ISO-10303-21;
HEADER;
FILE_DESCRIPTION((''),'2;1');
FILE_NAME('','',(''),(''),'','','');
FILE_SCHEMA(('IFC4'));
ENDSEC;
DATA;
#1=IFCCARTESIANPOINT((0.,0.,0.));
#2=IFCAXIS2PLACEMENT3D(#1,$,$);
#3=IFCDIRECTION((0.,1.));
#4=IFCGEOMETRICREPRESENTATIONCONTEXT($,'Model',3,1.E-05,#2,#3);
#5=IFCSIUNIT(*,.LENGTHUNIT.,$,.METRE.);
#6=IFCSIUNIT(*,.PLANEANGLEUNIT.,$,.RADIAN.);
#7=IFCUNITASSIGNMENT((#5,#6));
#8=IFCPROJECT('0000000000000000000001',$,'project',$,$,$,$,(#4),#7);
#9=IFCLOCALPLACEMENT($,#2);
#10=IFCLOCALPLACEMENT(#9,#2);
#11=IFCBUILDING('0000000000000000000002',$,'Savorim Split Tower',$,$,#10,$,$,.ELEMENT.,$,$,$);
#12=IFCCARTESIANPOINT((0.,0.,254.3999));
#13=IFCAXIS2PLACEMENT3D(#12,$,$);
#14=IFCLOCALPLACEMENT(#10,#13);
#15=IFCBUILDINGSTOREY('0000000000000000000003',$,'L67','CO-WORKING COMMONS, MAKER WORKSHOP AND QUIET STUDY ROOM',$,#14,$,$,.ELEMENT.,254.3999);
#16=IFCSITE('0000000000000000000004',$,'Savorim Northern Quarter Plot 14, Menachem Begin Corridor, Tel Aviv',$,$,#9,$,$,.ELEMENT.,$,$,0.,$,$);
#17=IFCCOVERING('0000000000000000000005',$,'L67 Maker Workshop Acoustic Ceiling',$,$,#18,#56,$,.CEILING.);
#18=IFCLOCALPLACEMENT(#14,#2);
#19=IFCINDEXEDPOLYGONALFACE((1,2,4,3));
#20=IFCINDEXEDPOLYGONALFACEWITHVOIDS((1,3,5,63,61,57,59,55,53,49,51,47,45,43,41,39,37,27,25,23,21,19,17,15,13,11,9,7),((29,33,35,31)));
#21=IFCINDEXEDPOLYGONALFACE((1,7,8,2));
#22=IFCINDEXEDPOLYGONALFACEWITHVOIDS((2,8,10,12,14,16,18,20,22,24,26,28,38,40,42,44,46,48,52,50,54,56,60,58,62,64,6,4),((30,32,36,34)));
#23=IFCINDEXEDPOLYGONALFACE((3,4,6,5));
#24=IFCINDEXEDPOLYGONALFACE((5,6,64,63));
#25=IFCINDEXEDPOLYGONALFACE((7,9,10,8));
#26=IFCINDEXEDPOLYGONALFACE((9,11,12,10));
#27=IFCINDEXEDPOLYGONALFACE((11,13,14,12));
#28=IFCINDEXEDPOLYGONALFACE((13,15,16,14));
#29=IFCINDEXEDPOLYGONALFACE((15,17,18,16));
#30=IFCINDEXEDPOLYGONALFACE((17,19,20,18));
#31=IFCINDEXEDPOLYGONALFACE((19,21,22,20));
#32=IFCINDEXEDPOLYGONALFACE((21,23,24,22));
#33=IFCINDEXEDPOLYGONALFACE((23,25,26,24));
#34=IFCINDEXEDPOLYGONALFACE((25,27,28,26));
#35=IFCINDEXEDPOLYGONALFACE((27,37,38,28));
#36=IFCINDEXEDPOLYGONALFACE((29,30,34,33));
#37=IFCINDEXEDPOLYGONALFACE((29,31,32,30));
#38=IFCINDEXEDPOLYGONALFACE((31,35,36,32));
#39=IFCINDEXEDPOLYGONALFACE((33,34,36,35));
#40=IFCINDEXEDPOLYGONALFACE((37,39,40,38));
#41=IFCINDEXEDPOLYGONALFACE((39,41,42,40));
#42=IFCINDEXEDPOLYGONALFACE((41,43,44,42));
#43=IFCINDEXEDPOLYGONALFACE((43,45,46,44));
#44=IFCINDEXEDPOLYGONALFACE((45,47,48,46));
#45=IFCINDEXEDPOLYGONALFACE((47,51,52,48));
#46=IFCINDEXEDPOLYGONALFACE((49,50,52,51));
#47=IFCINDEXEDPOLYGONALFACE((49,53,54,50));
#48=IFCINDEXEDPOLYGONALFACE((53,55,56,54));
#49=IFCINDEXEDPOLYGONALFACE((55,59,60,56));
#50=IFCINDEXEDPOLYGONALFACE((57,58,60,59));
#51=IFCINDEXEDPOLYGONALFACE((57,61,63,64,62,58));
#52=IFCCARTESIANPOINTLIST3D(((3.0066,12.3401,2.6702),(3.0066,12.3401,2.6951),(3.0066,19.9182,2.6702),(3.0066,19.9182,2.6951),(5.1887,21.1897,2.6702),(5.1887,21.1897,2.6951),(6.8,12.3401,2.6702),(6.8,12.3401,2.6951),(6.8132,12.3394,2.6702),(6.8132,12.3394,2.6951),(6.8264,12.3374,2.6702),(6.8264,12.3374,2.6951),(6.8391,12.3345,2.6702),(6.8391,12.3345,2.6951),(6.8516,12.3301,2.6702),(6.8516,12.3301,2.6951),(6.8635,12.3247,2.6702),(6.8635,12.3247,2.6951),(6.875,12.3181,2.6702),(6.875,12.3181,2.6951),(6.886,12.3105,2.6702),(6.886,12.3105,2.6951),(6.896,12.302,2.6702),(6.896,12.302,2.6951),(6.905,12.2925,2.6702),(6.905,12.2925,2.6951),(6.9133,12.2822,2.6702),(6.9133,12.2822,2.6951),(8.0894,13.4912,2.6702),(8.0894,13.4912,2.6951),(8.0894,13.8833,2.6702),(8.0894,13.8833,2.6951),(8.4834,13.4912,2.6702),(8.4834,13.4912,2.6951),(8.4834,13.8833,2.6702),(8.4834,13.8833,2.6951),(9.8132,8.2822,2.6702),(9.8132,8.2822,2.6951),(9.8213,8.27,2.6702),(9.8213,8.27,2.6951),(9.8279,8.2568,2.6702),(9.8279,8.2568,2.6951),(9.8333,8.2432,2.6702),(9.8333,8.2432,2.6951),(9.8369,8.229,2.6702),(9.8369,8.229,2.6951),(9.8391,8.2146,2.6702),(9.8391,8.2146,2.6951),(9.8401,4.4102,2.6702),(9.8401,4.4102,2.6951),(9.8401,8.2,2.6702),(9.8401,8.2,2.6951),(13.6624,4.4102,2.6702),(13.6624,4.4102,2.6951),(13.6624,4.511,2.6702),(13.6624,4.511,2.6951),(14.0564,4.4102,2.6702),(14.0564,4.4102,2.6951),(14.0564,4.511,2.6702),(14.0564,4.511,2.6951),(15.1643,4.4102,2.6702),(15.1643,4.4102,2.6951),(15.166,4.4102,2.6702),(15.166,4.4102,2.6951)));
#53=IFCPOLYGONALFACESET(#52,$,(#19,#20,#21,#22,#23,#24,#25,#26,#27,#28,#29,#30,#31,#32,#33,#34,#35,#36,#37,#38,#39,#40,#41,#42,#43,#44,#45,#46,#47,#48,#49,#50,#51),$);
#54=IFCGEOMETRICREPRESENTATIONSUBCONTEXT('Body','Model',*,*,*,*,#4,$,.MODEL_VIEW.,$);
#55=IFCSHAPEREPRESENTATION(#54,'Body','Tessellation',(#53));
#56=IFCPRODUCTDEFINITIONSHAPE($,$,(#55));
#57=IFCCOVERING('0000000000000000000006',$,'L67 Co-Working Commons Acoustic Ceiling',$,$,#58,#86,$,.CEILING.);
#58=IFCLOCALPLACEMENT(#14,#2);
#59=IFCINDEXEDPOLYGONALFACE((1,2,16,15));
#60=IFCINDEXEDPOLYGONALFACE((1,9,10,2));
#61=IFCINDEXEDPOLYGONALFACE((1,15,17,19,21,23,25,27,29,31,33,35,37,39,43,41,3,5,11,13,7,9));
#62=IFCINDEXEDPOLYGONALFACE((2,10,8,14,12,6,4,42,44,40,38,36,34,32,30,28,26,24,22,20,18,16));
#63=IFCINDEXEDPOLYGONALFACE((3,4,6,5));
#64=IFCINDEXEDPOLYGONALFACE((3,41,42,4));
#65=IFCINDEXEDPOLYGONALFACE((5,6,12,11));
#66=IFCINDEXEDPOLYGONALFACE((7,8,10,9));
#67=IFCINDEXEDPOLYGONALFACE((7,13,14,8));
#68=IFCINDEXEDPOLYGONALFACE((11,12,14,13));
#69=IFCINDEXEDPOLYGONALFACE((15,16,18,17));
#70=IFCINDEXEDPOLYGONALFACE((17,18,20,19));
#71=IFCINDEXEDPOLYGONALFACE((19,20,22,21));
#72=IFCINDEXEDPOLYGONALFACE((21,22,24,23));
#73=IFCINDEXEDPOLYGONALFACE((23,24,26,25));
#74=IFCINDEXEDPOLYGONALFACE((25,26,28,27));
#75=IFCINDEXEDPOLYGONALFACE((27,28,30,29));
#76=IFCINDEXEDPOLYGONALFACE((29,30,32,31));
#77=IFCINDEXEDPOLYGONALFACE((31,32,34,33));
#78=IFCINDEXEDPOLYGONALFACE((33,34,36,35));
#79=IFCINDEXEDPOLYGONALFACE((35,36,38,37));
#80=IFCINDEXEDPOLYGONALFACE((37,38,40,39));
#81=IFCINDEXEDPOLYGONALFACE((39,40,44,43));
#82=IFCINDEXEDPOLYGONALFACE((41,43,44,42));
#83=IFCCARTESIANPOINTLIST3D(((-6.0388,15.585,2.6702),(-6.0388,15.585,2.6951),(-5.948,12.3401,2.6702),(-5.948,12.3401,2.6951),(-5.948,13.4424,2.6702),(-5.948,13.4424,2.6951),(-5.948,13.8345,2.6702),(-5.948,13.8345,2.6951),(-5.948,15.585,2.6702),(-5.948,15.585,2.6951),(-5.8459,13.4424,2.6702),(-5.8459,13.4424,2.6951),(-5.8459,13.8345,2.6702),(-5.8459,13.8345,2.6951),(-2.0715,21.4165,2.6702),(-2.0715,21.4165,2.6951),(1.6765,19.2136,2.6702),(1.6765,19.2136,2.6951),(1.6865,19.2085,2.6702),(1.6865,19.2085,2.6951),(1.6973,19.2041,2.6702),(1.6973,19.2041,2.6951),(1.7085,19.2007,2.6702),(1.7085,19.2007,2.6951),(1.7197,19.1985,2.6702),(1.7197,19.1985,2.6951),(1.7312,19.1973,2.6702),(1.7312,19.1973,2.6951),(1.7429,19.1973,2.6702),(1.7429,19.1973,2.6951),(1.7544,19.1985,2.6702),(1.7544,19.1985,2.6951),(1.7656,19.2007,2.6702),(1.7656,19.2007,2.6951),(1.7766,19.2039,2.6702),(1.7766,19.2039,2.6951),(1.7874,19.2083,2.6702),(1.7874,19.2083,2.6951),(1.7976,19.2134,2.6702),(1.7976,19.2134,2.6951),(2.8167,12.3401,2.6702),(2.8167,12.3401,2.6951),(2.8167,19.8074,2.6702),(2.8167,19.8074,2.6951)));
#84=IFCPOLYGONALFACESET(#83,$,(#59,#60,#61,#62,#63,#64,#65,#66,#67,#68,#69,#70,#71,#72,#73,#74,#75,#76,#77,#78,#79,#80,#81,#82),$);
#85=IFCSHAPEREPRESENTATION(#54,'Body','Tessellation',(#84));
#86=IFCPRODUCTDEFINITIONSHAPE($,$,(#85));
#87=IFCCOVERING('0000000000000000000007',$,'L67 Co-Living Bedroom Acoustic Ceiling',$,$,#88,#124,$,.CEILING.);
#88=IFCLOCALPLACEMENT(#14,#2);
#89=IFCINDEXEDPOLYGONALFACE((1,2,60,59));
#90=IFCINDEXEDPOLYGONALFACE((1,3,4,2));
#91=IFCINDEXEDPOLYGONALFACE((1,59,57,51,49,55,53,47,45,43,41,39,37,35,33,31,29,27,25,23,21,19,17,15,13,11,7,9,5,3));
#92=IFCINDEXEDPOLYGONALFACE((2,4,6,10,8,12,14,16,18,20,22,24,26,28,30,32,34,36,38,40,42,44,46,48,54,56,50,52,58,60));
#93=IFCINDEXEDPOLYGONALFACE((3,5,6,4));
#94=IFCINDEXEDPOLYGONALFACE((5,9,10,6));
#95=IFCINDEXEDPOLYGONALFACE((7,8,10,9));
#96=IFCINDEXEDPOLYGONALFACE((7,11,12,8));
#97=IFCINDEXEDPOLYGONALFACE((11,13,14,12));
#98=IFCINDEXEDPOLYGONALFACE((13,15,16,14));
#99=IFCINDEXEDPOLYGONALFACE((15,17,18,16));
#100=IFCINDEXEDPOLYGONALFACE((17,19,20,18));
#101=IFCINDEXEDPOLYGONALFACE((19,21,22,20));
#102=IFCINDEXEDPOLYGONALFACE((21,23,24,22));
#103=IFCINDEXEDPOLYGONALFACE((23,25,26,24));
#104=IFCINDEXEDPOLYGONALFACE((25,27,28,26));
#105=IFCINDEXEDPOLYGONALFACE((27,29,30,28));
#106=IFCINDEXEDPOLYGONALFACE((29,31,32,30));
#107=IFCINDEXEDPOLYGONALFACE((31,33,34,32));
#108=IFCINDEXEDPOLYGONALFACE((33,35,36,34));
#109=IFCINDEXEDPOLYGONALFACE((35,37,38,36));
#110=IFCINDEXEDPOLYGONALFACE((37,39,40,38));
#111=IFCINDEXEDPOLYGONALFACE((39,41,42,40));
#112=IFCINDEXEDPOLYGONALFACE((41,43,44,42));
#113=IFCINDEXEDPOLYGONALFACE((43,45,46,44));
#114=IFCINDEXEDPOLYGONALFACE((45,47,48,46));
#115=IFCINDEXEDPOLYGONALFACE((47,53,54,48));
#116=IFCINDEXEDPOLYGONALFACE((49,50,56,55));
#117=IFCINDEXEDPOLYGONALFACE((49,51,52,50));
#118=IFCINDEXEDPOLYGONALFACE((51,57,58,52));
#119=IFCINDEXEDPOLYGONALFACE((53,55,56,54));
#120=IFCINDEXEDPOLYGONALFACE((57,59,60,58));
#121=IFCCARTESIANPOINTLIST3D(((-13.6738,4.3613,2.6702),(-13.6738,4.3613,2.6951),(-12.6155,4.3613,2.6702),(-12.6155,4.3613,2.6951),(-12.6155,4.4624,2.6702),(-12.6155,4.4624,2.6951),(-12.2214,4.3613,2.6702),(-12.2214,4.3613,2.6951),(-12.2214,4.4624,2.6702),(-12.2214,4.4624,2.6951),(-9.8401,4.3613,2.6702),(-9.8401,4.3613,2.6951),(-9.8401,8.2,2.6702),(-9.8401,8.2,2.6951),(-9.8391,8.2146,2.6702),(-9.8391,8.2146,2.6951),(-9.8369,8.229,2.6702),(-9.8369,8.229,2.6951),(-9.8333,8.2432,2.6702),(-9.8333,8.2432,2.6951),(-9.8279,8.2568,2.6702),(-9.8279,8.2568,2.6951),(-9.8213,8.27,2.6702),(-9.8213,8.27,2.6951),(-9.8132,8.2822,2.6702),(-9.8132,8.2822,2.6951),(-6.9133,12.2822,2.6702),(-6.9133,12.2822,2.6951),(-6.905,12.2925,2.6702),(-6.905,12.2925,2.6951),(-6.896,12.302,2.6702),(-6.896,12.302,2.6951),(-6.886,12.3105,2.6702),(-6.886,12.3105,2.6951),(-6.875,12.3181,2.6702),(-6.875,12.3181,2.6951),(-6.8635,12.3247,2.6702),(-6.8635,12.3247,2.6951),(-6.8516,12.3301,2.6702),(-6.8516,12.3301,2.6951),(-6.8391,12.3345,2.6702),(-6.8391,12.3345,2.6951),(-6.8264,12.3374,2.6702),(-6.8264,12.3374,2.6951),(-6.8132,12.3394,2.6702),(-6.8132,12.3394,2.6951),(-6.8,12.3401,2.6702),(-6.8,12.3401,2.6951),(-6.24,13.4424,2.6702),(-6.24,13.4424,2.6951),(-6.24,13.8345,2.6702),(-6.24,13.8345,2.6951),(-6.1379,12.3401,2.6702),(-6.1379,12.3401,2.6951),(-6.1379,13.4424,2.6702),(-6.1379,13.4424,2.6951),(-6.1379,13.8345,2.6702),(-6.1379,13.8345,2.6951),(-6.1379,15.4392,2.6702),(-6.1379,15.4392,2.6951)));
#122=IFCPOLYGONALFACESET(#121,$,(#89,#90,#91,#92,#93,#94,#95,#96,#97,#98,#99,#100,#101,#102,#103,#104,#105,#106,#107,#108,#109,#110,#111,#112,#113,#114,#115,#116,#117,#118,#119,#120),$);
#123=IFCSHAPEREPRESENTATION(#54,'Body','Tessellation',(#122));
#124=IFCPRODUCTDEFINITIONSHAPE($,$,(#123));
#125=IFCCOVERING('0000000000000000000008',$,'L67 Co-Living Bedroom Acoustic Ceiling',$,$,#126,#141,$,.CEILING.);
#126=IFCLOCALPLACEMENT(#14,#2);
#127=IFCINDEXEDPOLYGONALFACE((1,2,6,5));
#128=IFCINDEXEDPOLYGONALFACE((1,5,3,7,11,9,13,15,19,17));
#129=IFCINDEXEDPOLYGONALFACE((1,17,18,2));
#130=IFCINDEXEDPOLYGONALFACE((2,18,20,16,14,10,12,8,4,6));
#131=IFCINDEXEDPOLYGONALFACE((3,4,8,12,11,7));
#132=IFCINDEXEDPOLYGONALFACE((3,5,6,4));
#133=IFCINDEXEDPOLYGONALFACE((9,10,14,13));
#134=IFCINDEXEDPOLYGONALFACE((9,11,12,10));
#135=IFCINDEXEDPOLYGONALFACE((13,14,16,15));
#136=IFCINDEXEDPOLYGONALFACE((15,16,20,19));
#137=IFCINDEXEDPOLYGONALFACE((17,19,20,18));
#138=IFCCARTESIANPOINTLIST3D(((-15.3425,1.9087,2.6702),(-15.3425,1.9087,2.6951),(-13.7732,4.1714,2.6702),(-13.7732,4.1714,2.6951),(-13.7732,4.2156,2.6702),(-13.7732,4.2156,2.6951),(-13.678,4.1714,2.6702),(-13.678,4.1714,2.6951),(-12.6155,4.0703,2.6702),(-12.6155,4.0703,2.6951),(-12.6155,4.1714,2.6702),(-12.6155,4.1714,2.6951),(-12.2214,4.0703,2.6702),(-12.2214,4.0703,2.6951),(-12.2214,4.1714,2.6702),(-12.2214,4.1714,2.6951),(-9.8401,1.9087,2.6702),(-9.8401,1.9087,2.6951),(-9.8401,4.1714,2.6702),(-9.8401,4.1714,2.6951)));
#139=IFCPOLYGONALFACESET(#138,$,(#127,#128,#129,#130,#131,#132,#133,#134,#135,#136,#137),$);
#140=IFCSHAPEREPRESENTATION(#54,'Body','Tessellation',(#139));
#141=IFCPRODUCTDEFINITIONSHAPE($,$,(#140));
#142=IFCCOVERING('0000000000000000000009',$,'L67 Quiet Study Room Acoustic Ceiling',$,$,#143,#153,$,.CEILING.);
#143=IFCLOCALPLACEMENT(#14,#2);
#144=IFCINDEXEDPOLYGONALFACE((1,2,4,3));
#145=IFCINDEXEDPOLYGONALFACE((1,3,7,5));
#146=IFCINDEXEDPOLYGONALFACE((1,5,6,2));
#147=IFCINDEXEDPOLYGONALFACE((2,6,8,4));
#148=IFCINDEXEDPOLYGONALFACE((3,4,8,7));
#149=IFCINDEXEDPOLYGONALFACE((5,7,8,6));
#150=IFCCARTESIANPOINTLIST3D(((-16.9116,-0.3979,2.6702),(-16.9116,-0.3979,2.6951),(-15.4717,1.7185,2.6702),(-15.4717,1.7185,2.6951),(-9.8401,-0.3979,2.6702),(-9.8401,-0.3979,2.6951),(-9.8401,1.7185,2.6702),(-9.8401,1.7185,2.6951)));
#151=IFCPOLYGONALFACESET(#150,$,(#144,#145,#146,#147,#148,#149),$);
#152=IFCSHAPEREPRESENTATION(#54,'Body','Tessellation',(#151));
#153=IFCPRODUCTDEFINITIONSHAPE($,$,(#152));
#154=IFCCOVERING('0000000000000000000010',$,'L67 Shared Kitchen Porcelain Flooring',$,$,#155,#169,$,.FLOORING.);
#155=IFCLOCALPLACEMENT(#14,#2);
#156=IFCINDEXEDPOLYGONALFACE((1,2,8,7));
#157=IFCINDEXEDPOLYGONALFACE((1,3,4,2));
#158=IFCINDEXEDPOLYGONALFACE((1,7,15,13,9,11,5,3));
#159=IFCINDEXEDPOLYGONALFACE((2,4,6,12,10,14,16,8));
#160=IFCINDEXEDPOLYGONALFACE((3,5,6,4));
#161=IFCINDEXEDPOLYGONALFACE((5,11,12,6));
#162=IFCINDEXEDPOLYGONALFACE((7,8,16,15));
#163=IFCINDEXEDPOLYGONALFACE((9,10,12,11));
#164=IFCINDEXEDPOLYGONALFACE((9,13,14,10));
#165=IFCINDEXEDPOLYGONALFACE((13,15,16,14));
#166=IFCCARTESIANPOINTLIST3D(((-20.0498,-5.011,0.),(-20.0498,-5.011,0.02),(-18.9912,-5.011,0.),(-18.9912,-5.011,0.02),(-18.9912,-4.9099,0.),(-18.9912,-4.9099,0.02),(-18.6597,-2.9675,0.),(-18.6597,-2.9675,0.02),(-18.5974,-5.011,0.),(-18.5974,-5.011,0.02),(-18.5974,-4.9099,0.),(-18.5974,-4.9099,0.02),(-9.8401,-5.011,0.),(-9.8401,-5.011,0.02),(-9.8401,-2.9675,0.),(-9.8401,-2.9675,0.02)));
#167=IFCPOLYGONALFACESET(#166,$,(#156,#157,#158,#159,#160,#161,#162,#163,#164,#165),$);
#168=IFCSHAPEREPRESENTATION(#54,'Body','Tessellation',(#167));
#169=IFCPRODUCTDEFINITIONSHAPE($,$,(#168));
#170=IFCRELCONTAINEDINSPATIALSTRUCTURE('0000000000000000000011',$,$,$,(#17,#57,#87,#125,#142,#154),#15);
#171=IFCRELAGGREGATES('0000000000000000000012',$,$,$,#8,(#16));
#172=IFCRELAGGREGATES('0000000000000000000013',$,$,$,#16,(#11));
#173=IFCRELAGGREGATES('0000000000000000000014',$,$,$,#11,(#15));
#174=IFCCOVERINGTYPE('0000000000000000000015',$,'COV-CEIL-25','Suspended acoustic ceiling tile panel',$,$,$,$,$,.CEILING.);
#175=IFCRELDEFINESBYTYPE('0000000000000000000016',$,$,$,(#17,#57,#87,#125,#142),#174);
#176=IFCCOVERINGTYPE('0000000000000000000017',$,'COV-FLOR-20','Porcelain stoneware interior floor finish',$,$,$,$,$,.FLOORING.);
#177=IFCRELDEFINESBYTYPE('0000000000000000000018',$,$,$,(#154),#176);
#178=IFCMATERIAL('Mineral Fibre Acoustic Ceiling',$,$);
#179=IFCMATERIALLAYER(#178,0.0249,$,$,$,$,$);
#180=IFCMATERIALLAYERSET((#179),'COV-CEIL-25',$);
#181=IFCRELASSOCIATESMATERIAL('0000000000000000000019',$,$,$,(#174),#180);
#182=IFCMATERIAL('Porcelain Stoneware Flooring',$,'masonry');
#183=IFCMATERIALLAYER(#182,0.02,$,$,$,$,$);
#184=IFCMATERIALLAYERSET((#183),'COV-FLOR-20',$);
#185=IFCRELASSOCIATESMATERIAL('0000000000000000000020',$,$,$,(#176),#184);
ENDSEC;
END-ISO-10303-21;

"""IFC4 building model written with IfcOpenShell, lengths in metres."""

from ifc_helpers import new_model, si_unit, direction, frame, origin, place, context, subcontext, project, spatial, polyline, outline, extrude, material, layer, layer_set, type_object, element, save


model = new_model("IFC4")

# Units and contexts
model_context = context("Model", 3, precision=1e-05, world=origin(), true_north=direction((0.0, 1.0)))
body_context = subcontext(model_context, "Body", "Model", "MODEL_VIEW")
ifc_project = project(units=[si_unit("LENGTHUNIT", "METRE"), si_unit("PLANEANGLEUNIT", "RADIAN")], contexts=[model_context])

# Site, building, storey
site_placement = place(None, origin())
site = spatial("IfcSite", under=ifc_project, at=site_placement, Name="Savorim Northern Quarter Plot 14, Menachem Begin Corridor, Tel Aviv", CompositionType="ELEMENT", RefElevation=0.0)
building_placement = place(site_placement, origin())
building = spatial("IfcBuilding", under=site, at=building_placement, Name="Savorim Split Tower", CompositionType="ELEMENT")
storey_placement = place(building_placement, frame((0.0, 0.0, 254.3999)))
storey = spatial("IfcBuildingStorey", under=building, at=storey_placement, Name="L67", Description="CO-WORKING COMMONS, MAKER WORKSHOP AND QUIET STUDY ROOM", CompositionType="ELEMENT", Elevation=254.3999)

# Coverings
ifc_material_1 = material(Name="Mineral Fibre Acoustic Ceiling")
ifc_layer_1 = layer(ifc_material_1, 0.0249)
ifc_layer_set_1 = layer_set([ifc_layer_1], Name="COV-CEIL-25")
covering_type_1 = type_object("IfcCoveringType", Name="COV-CEIL-25", Description="Suspended acoustic ceiling tile panel", PredefinedType="CEILING", material=ifc_layer_set_1)
covering_1_placement = place(storey_placement, frame((0.0, 0.0, 2.6702)))
element("IfcCovering", 1, at=covering_1_placement, inside=storey, type_object=covering_type_1, Name="L67 Maker Workshop Acoustic Ceiling", PredefinedType="CEILING", context=body_context, shape_type="SweptSolid", body=[
    extrude(outline(polyline([(15.1643, 4.4102), (15.166, 4.4102), (5.1887, 21.1897), (3.0066, 19.9182), (3.0066, 12.3401), (6.8, 12.3401), (6.8132, 12.3394), (6.8264, 12.3374), (6.8391, 12.3345), (6.8516, 12.3301), (6.8635, 12.3247), (6.875, 12.3181), (6.886, 12.3105), (6.896, 12.302), (6.905, 12.2925), (6.9133, 12.2822), (9.8132, 8.2822), (9.8213, 8.27), (9.8279, 8.2568), (9.8333, 8.2432), (9.8369, 8.229), (9.8391, 8.2146), (9.8401, 8.2), (9.8401, 4.4102), (13.6624, 4.4102), (13.6624, 4.511), (14.0564, 4.511), (14.0564, 4.4102), (15.1643, 4.4102)]), holes=[polyline([(8.4834, 13.8833), (8.0894, 13.8833), (8.0894, 13.4912), (8.4834, 13.4912), (8.4834, 13.8833)])]), origin(), (0.0, 0.0, 1.0), 0.0249),
])
covering_2_placement = place(storey_placement, frame((0.0, 0.0, 2.6702)))
element("IfcCovering", 2, at=covering_2_placement, inside=storey, type_object=covering_type_1, Name="L67 Co-Working Commons Acoustic Ceiling", PredefinedType="CEILING", context=body_context, shape_type="SweptSolid", body=[
    extrude(outline(polyline([(1.6973, 19.2041), (1.6865, 19.2085), (1.6765, 19.2136), (-2.0715, 21.4165), (-6.0388, 15.585), (-5.948, 15.585), (-5.948, 13.8345), (-5.8459, 13.8345), (-5.8459, 13.4424), (-5.948, 13.4424), (-5.948, 12.3401), (2.8167, 12.3401), (2.8167, 19.8074), (1.7976, 19.2134), (1.7874, 19.2083), (1.7766, 19.2039), (1.7656, 19.2007), (1.7544, 19.1985), (1.7429, 19.1973), (1.7312, 19.1973), (1.7197, 19.1985), (1.7085, 19.2007), (1.6973, 19.2041)])), origin(), (0.0, 0.0, 1.0), 0.0249),
])
covering_3_placement = place(storey_placement, frame((0.0, 0.0, 2.6702)))
element("IfcCovering", 3, at=covering_3_placement, inside=storey, type_object=covering_type_1, Name="L67 Co-Living Bedroom Acoustic Ceiling", PredefinedType="CEILING", context=body_context, shape_type="SweptSolid", body=[
    extrude(outline(polyline([(-6.8132, 12.3394), (-6.8, 12.3401), (-6.1379, 12.3401), (-6.1379, 13.4424), (-6.24, 13.4424), (-6.24, 13.8345), (-6.1379, 13.8345), (-6.1379, 15.4392), (-13.6738, 4.3613), (-12.6155, 4.3613), (-12.6155, 4.4624), (-12.2214, 4.4624), (-12.2214, 4.3613), (-9.8401, 4.3613), (-9.8401, 8.2), (-9.8391, 8.2146), (-9.8369, 8.229), (-9.8333, 8.2432), (-9.8279, 8.2568), (-9.8213, 8.27), (-9.8132, 8.2822), (-6.9133, 12.2822), (-6.905, 12.2925), (-6.896, 12.302), (-6.886, 12.3105), (-6.875, 12.3181), (-6.8635, 12.3247), (-6.8516, 12.3301), (-6.8391, 12.3345), (-6.8264, 12.3374), (-6.8132, 12.3394)])), origin(), (0.0, 0.0, 1.0), 0.0249),
])
covering_4_placement = place(storey_placement, frame((0.0, 0.0, 2.6702)))
element("IfcCovering", 4, at=covering_4_placement, inside=storey, type_object=covering_type_1, Name="L67 Co-Living Bedroom Acoustic Ceiling", PredefinedType="CEILING", context=body_context, shape_type="SweptSolid", body=[
    extrude(outline(polyline([(-12.6155, 4.1714), (-13.678, 4.1714), (-13.7732, 4.1714), (-13.7732, 4.2156), (-15.3425, 1.9087), (-9.8401, 1.9087), (-9.8401, 4.1714), (-12.2214, 4.1714), (-12.2214, 4.0703), (-12.6155, 4.0703), (-12.6155, 4.1714)])), origin(), (0.0, 0.0, 1.0), 0.0249),
])
covering_5_placement = place(storey_placement, frame((0.0, 0.0, 2.6702)))
element("IfcCovering", 5, at=covering_5_placement, inside=storey, type_object=covering_type_1, Name="L67 Quiet Study Room Acoustic Ceiling", PredefinedType="CEILING", context=body_context, shape_type="SweptSolid", body=[
    extrude(outline(polyline([(-15.4717, 1.7185), (-16.9116, -0.3979), (-9.8401, -0.3979), (-9.8401, 1.7185), (-15.4717, 1.7185)])), origin(), (0.0, 0.0, 1.0), 0.0249),
])
ifc_material_2 = material(Name="Porcelain Stoneware Flooring", Category="masonry")
ifc_layer_2 = layer(ifc_material_2, 0.02)
ifc_layer_set_2 = layer_set([ifc_layer_2], Name="COV-FLOR-20")
covering_type_2 = type_object("IfcCoveringType", Name="COV-FLOR-20", Description="Porcelain stoneware interior floor finish", PredefinedType="FLOORING", material=ifc_layer_set_2)
covering_6_placement = place(storey_placement, origin())
element("IfcCovering", 6, at=covering_6_placement, inside=storey, type_object=covering_type_2, Name="L67 Shared Kitchen Porcelain Flooring", PredefinedType="FLOORING", context=body_context, shape_type="SweptSolid", body=[
    extrude(outline(polyline([(-18.5974, -4.9099), (-18.5974, -5.011), (-9.8401, -5.011), (-9.8401, -2.9675), (-18.6597, -2.9675), (-20.0498, -5.011), (-18.9912, -5.011), (-18.9912, -4.9099), (-18.5974, -4.9099)])), origin(), (0.0, 0.0, 1.0), 0.02),
])

save(model, "model.ifc")
